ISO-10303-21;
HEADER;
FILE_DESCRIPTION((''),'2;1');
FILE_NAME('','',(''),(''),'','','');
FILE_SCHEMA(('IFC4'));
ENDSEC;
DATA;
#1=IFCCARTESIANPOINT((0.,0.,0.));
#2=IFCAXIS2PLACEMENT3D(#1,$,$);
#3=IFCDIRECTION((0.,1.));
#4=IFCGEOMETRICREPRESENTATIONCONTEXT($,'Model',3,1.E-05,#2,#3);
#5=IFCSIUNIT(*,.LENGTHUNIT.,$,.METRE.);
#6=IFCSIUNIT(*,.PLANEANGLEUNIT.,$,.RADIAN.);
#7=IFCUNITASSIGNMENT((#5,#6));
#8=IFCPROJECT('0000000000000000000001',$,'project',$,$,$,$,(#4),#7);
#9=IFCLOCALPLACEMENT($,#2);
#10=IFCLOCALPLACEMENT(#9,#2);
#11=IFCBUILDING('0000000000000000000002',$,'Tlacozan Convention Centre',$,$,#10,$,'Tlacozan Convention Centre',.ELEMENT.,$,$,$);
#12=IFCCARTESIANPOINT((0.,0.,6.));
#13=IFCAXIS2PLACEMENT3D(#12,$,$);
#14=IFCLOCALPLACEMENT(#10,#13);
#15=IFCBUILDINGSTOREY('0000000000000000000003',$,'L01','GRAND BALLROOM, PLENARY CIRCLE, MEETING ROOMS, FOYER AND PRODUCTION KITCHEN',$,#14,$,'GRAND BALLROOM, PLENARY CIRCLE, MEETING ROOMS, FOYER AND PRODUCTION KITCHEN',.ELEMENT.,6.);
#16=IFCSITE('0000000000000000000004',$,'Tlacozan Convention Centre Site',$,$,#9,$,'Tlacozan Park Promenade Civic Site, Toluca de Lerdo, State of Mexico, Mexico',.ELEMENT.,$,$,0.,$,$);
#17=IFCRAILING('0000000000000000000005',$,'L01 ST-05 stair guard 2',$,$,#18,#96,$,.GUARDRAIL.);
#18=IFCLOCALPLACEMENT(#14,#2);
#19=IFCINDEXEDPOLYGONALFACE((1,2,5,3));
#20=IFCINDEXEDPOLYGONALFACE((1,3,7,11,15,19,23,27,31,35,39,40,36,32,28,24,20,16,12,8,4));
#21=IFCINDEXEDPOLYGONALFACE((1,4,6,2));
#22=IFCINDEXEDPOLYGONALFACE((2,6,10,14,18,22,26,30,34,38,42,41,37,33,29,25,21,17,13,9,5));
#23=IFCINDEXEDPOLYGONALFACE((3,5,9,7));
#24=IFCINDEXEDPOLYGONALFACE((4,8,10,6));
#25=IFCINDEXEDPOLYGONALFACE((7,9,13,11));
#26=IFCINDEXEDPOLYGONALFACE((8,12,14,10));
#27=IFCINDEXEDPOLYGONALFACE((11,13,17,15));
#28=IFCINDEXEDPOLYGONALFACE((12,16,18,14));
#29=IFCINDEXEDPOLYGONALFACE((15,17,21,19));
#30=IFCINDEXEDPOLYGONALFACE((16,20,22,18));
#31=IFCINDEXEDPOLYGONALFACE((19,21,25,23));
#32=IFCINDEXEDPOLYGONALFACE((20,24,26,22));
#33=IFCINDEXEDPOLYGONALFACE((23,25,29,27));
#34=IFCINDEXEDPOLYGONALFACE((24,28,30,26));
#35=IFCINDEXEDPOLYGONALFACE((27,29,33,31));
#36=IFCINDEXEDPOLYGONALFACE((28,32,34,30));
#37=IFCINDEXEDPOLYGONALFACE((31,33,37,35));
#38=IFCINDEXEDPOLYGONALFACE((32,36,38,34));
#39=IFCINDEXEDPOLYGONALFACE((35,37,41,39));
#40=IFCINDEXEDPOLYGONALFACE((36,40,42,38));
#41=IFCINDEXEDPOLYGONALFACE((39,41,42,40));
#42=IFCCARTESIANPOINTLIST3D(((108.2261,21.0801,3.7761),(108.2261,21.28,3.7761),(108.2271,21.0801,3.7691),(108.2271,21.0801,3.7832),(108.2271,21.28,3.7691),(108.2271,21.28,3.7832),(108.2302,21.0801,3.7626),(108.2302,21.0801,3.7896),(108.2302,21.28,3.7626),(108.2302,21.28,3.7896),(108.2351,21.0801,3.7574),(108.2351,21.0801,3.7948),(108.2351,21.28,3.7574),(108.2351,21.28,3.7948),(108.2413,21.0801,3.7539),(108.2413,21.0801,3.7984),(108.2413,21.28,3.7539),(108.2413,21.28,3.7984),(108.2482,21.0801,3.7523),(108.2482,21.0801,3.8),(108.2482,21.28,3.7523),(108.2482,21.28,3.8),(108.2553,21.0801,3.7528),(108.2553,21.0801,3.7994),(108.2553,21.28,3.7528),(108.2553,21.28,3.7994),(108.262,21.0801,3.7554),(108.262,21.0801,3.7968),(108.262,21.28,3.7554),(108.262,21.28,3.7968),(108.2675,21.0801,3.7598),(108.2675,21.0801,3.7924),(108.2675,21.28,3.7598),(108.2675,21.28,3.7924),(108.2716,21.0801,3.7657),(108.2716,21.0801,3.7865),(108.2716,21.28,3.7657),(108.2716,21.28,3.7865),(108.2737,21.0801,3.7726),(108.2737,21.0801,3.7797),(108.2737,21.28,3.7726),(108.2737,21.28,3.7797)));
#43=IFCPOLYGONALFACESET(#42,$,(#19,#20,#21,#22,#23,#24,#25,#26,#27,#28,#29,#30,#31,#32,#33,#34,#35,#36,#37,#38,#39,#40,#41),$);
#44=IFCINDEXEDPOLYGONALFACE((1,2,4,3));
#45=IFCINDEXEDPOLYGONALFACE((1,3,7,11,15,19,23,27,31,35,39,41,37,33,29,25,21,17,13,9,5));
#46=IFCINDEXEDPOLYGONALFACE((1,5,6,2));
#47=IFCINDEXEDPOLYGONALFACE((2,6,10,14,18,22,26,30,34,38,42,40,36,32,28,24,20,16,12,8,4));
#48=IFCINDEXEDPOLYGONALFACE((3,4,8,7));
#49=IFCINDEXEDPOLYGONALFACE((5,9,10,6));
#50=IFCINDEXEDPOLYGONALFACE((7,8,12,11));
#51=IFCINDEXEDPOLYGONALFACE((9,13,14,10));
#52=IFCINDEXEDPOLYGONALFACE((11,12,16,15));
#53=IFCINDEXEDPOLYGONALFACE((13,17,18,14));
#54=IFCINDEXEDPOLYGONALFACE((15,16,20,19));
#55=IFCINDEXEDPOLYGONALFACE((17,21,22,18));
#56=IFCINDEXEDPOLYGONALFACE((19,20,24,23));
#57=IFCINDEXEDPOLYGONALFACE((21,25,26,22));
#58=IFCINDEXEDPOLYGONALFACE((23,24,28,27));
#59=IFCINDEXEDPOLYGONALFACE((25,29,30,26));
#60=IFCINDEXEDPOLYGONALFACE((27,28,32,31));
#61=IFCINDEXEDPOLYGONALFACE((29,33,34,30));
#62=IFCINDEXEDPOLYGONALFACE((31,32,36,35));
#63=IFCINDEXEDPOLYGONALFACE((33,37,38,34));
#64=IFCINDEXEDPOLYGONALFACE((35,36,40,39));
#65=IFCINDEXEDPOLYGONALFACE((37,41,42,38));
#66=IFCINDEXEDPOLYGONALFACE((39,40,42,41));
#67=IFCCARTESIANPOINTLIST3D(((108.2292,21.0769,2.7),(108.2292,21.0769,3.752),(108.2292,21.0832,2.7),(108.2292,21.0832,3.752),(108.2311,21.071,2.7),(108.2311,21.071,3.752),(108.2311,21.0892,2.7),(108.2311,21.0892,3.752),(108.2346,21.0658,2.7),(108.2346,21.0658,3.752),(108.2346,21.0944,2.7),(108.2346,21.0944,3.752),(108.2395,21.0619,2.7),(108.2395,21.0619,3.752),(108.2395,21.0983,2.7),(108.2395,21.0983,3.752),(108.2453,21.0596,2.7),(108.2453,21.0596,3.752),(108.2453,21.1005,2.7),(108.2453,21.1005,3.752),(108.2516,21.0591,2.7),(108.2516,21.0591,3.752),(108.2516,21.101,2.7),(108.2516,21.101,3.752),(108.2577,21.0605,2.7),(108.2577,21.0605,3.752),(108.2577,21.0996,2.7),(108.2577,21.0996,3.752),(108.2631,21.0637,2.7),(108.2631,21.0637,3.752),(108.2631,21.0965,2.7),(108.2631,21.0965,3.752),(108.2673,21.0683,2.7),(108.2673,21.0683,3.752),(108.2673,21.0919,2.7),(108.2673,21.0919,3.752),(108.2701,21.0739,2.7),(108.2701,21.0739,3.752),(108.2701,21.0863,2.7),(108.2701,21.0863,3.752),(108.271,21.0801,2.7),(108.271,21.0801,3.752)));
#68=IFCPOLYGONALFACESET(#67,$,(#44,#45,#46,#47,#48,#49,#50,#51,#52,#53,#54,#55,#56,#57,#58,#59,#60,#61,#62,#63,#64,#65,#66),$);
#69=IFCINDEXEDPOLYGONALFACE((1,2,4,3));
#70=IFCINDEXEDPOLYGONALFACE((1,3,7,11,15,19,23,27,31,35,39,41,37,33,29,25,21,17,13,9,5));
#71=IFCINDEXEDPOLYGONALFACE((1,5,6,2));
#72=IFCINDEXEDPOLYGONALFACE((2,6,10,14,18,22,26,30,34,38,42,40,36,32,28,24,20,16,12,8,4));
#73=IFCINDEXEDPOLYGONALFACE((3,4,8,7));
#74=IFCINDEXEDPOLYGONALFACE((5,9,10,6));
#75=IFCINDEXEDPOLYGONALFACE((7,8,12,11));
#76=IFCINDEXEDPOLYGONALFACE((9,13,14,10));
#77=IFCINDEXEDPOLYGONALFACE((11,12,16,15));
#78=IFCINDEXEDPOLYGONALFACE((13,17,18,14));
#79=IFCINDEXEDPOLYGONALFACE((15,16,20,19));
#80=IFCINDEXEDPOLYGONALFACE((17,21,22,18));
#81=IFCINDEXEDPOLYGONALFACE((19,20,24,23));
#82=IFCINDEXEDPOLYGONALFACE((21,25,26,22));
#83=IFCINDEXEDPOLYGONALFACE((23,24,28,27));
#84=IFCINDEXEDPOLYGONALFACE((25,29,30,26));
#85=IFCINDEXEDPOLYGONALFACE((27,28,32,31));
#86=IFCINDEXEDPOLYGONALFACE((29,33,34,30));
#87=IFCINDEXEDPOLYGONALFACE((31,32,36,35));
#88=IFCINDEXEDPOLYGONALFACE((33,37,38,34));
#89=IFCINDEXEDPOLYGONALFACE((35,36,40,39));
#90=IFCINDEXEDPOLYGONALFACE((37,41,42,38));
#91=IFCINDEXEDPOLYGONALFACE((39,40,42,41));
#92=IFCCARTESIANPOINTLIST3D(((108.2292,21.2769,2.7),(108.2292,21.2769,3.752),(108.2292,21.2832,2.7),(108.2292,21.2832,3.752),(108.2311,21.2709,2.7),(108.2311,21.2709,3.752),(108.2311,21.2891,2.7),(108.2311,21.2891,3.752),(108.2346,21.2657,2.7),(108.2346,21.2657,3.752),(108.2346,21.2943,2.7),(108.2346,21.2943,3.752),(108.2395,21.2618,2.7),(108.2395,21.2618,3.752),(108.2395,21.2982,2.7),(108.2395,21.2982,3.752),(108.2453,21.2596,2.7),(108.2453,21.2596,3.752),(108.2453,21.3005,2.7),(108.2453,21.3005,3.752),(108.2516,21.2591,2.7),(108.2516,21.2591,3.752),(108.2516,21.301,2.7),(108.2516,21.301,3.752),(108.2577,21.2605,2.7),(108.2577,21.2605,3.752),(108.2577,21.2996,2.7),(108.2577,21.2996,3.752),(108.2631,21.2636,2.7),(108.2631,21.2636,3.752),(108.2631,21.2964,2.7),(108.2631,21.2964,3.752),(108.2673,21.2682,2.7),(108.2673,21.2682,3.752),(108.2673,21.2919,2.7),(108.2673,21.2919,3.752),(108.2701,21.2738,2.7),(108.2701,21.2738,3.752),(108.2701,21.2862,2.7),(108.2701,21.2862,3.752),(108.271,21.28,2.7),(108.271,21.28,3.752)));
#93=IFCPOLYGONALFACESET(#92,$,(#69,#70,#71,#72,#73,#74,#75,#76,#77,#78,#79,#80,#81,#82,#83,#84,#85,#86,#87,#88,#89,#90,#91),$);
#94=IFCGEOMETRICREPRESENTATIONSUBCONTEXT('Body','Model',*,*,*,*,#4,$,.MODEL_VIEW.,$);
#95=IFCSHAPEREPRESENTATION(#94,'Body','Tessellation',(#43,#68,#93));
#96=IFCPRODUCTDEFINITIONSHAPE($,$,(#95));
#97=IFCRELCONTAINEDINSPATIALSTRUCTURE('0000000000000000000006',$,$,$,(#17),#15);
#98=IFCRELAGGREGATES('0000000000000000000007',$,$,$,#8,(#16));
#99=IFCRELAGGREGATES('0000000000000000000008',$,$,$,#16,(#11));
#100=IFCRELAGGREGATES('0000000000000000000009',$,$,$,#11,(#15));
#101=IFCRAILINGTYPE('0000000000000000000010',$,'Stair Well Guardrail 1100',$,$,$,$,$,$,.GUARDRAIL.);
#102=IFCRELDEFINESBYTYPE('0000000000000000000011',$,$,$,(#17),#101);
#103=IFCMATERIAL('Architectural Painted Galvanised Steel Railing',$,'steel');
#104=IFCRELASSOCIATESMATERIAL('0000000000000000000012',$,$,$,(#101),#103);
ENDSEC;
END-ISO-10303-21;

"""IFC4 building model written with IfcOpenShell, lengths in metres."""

from ifc_helpers import new_model, si_unit, direction, frame, origin, origin_2d, place, context, subcontext, project, spatial, circle, extrude, material, type_object, element, save


model = new_model("IFC4")

# Units and contexts
model_context = context("Model", 3, precision=1e-05, world=origin(), true_north=direction((0.0, 1.0)))
body_context = subcontext(model_context, "Body", "Model", "MODEL_VIEW")
ifc_project = project(units=[si_unit("LENGTHUNIT", "METRE"), si_unit("PLANEANGLEUNIT", "RADIAN")], contexts=[model_context])

# Site, building, storey
site_placement = place(None, origin())
site = spatial("IfcSite", under=ifc_project, at=site_placement, Name="Tlacozan Convention Centre Site", LongName="Tlacozan Park Promenade Civic Site, Toluca de Lerdo, State of Mexico, Mexico", CompositionType="ELEMENT", RefElevation=0.0)
building_placement = place(site_placement, origin())
building = spatial("IfcBuilding", under=site, at=building_placement, Name="Tlacozan Convention Centre", LongName="Tlacozan Convention Centre", CompositionType="ELEMENT")
storey_placement = place(building_placement, frame((0.0, 0.0, 6.0)))
storey = spatial("IfcBuildingStorey", under=building, at=storey_placement, Name="L01", Description="GRAND BALLROOM, PLENARY CIRCLE, MEETING ROOMS, FOYER AND PRODUCTION KITCHEN", LongName="GRAND BALLROOM, PLENARY CIRCLE, MEETING ROOMS, FOYER AND PRODUCTION KITCHEN", CompositionType="ELEMENT", Elevation=6.0)

# Railing
ifc_material_1 = material(Name="Architectural Painted Galvanised Steel Railing", Category="steel")
railing_type_1 = type_object("IfcRailingType", Name="Stair Well Guardrail 1100", PredefinedType="GUARDRAIL", material=ifc_material_1)
railing_1_placement = place(storey_placement, frame((108.25, 21.0801, 2.7)))
element("IfcRailing", 1, at=railing_1_placement, inside=storey, type_object=railing_type_1, Name="L01 ST-05 stair guard 2", PredefinedType="GUARDRAIL", context=body_context, shape_type="SweptSolid", body=[
    extrude(circle(Radius=0.0239, at=origin_2d()), frame((0.0, 0.0, 1.0762), z_axis=(0.0, 1.0, 0.0), x_axis=(-1.0, 0.0, 0.0)), (0.0, 0.0, 1.0), 0.2),
    extrude(circle(Radius=0.021, at=origin_2d()), origin(), (0.0, 0.0, 1.0), 1.052),
    extrude(circle(Radius=0.021, at=origin_2d()), frame((0.0, 0.2, 0.0)), (0.0, 0.0, 1.0), 1.052),
])

save(model, "model.ifc")
